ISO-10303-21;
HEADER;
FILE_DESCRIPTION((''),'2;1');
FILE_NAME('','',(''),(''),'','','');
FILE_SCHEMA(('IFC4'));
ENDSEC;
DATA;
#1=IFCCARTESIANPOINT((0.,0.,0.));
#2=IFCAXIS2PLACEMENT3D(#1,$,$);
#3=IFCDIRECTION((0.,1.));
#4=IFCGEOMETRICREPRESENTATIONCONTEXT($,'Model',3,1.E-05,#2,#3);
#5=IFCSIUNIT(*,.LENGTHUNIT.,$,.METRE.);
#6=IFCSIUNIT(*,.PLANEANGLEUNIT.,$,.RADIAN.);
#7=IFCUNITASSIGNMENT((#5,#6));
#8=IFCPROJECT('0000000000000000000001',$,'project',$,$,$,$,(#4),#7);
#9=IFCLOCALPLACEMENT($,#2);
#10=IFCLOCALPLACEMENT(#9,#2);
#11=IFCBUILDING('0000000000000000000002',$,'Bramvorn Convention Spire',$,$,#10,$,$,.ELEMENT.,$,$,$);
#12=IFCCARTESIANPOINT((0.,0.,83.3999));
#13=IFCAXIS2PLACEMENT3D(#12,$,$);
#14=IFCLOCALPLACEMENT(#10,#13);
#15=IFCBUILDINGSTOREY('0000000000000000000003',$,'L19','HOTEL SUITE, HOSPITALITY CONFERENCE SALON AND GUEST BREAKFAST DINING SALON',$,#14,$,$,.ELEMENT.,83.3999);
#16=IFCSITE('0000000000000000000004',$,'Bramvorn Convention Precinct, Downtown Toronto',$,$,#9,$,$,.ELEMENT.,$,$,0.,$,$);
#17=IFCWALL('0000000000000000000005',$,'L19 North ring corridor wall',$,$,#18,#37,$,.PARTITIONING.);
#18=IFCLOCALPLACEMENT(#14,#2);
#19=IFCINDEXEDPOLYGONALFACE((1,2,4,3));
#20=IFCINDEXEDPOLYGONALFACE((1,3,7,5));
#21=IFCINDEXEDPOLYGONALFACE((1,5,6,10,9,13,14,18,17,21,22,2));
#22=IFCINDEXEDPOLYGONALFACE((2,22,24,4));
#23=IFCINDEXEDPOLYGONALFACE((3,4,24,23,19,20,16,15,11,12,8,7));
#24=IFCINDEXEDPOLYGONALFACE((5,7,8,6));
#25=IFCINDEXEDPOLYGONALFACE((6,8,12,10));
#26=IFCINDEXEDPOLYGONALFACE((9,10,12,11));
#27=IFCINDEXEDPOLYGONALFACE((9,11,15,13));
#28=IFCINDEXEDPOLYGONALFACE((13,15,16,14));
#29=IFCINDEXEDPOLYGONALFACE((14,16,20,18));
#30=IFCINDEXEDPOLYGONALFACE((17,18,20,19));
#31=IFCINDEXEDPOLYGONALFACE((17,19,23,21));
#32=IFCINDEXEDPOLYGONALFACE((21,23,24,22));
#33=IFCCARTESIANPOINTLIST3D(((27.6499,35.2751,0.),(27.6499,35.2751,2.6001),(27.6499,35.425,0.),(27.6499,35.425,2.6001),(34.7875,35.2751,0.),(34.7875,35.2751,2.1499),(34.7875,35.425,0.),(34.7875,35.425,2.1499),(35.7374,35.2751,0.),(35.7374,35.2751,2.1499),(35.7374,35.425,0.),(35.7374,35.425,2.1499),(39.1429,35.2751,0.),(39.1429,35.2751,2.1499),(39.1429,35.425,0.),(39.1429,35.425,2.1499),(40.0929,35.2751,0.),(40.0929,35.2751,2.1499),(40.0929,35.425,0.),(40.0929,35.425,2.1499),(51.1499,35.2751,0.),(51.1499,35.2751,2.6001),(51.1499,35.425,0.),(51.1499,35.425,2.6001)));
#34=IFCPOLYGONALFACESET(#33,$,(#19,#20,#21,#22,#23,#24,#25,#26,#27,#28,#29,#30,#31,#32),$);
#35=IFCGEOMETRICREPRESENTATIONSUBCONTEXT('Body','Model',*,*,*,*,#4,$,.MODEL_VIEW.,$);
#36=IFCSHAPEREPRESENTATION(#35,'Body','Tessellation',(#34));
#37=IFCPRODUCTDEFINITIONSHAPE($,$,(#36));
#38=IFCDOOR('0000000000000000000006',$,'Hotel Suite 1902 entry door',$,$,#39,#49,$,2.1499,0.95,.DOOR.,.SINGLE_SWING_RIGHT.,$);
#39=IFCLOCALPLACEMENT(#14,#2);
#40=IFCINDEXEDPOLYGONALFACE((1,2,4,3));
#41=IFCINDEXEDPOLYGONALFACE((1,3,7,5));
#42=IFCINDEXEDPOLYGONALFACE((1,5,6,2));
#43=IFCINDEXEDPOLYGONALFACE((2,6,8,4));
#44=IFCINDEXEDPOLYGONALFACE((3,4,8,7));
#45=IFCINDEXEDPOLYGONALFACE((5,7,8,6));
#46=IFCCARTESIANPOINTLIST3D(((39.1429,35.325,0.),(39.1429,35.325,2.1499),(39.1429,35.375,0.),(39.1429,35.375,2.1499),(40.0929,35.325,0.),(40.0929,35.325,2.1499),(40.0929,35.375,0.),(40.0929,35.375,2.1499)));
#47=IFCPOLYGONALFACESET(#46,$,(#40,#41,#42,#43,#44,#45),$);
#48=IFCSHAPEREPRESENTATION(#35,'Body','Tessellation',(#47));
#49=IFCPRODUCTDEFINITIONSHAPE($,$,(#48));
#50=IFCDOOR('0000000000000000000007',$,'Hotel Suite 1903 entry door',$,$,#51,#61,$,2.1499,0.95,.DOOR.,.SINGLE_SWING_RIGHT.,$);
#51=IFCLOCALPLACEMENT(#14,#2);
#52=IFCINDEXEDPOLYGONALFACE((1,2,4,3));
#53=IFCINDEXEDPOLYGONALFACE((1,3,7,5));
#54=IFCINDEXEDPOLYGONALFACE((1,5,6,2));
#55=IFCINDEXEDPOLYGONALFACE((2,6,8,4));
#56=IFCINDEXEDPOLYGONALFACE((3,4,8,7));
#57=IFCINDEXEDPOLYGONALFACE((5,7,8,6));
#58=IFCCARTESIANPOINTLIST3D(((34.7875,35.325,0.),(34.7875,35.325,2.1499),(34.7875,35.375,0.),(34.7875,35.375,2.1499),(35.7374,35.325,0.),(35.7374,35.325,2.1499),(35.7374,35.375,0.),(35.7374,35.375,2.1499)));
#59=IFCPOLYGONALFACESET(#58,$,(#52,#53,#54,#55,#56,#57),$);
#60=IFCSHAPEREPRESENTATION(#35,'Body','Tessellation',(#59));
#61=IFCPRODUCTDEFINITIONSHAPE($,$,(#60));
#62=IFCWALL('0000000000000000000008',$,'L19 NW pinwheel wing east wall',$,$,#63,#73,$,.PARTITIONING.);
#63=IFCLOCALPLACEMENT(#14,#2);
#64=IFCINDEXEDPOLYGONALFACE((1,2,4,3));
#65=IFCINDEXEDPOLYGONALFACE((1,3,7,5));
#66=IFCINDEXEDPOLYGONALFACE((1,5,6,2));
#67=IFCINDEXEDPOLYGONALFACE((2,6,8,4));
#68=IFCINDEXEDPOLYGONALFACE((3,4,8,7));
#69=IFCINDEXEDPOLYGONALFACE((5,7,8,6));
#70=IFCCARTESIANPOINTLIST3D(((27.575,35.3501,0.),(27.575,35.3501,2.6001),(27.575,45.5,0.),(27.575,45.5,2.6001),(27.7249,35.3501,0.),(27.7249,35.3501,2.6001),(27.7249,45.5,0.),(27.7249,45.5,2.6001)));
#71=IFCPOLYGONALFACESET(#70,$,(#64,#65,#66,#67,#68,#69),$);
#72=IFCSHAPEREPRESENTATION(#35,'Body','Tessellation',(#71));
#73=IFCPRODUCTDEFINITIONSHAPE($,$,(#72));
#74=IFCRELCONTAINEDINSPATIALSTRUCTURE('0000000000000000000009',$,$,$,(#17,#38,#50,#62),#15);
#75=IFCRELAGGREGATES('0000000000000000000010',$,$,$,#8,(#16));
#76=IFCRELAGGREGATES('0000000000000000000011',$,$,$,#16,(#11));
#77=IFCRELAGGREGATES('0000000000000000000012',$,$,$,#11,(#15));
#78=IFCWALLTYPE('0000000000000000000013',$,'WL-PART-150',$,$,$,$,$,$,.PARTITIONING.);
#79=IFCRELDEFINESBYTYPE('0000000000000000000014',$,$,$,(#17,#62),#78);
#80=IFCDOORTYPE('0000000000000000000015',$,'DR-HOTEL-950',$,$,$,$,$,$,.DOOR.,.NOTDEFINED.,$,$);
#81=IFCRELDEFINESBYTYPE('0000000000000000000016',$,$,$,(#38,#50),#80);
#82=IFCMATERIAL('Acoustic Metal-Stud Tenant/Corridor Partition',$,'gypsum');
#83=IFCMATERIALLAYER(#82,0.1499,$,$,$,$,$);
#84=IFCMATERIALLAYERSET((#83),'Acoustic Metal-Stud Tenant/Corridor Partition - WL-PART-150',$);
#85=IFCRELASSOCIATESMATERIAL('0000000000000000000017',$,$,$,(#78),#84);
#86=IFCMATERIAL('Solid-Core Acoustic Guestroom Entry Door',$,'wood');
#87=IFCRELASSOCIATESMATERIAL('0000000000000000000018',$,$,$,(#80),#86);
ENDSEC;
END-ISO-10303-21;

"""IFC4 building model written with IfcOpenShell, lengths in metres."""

from ifc_helpers import new_model, si_unit, direction, frame, frame_2d, origin, place, context, subcontext, project, spatial, rectangle, extrude, material, layer, layer_set, type_object, element, fill, save


model = new_model("IFC4")

# Units and contexts
model_context = context("Model", 3, precision=1e-05, world=origin(), true_north=direction((0.0, 1.0)))
body_context = subcontext(model_context, "Body", "Model", "MODEL_VIEW")
ifc_project = project(units=[si_unit("LENGTHUNIT", "METRE"), si_unit("PLANEANGLEUNIT", "RADIAN")], contexts=[model_context])

# Site, building, storey
site_placement = place(None, origin())
site = spatial("IfcSite", under=ifc_project, at=site_placement, Name="Bramvorn Convention Precinct, Downtown Toronto", CompositionType="ELEMENT", RefElevation=0.0)
building_placement = place(site_placement, origin())
building = spatial("IfcBuilding", under=site, at=building_placement, Name="Bramvorn Convention Spire", CompositionType="ELEMENT")
storey_placement = place(building_placement, frame((0.0, 0.0, 83.3999)))
storey = spatial("IfcBuildingStorey", under=building, at=storey_placement, Name="L19", Description="HOTEL SUITE, HOSPITALITY CONFERENCE SALON AND GUEST BREAKFAST DINING SALON", CompositionType="ELEMENT", Elevation=83.3999)

# Wall, openings, doors
ifc_material_1 = material(Name="Acoustic Metal-Stud Tenant/Corridor Partition", Category="gypsum")
ifc_layer_1 = layer(ifc_material_1, 0.1499)
ifc_layer_set_1 = layer_set([ifc_layer_1], Name="Acoustic Metal-Stud Tenant/Corridor Partition - WL-PART-150")
wall_type_1 = type_object("IfcWallType", Name="WL-PART-150", PredefinedType="PARTITIONING", material=ifc_layer_set_1)
wall_1_placement = place(storey_placement, frame((27.6499, 35.3501, 0.0), z_axis=(0.0, 0.0, 1.0), x_axis=(1.0, 0.0, 0.0)))
wall_1 = element("IfcWall", 1, at=wall_1_placement, inside=storey, type_object=wall_type_1, Name="L19 North ring corridor wall", PredefinedType="PARTITIONING", context=body_context, shape_type="SweptSolid", body=[
    extrude(rectangle(XDim=23.5, YDim=0.1499, at=frame_2d((11.75, 0.0))), origin(), (0.0, 0.0, 1.0), 2.6001),
])
opening_1_placement = place(wall_1_placement, frame((11.4929, 0.0, 0.0)))
opening_1 = element("IfcOpeningElement", 2, at=opening_1_placement, cuts=wall_1, PredefinedType="OPENING", context=body_context, shape_type="SweptSolid", body=[
    extrude(rectangle(XDim=0.95, YDim=2.1499, at=frame_2d((0.4751, 1.075))), frame((0.0, 0.085, 0.0), z_axis=(0.0, -1.0, 0.0), x_axis=(1.0, 0.0, 0.0)), (0.0, 0.0, 1.0), 0.1699),
])
opening_2_placement = place(wall_1_placement, frame((7.1375, 0.0, 0.0)))
opening_2 = element("IfcOpeningElement", 3, at=opening_2_placement, cuts=wall_1, PredefinedType="OPENING", context=body_context, shape_type="SweptSolid", body=[
    extrude(rectangle(XDim=0.95, YDim=2.1499, at=frame_2d((0.4751, 1.075))), frame((0.0, 0.085, 0.0), z_axis=(0.0, -1.0, 0.0), x_axis=(1.0, 0.0, 0.0)), (0.0, 0.0, 1.0), 0.1699),
])
ifc_material_2 = material(Name="Solid-Core Acoustic Guestroom Entry Door", Category="wood")
door_type_1 = type_object("IfcDoorType", Name="DR-HOTEL-950", OperationType="NOTDEFINED", PredefinedType="DOOR", material=ifc_material_2)
door_1_placement = place(opening_1_placement, origin())
door_1 = element("IfcDoor", 4, at=door_1_placement, inside=storey, type_object=door_type_1, Name="Hotel Suite 1902 entry door", OperationType="SINGLE_SWING_RIGHT", OverallHeight=2.1499, OverallWidth=0.95, PredefinedType="DOOR", context=body_context, shape_type="SweptSolid", body=[
    extrude(rectangle(XDim=0.95, YDim=2.1499, at=frame_2d((0.4751, 1.075))), frame((0.0, 0.0249, 0.0), z_axis=(0.0, -1.0, 0.0), x_axis=(1.0, 0.0, 0.0)), (0.0, 0.0, 1.0), 0.05),
])
fill(opening_1, door_1)
door_2_placement = place(opening_2_placement, origin())
door_2 = element("IfcDoor", 5, at=door_2_placement, inside=storey, type_object=door_type_1, Name="Hotel Suite 1903 entry door", OperationType="SINGLE_SWING_RIGHT", OverallHeight=2.1499, OverallWidth=0.95, PredefinedType="DOOR", context=body_context, shape_type="SweptSolid", body=[
    extrude(rectangle(XDim=0.95, YDim=2.1499, at=frame_2d((0.4751, 1.075))), frame((0.0, 0.0249, 0.0), z_axis=(0.0, -1.0, 0.0), x_axis=(1.0, 0.0, 0.0)), (0.0, 0.0, 1.0), 0.05),
])
fill(opening_2, door_2)

# Wall
wall_2_placement = place(storey_placement, frame((27.6499, 35.3501, 0.0), z_axis=(0.0, 0.0, 1.0), x_axis=(0.0, 1.0, 0.0)))
element("IfcWall", 6, at=wall_2_placement, inside=storey, type_object=wall_type_1, Name="L19 NW pinwheel wing east wall", PredefinedType="PARTITIONING", context=body_context, shape_type="SweptSolid", body=[
    extrude(rectangle(XDim=10.1499, YDim=0.1499, at=frame_2d((5.075, 0.0))), origin(), (0.0, 0.0, 1.0), 2.6001),
])

save(model, "model.ifc")
